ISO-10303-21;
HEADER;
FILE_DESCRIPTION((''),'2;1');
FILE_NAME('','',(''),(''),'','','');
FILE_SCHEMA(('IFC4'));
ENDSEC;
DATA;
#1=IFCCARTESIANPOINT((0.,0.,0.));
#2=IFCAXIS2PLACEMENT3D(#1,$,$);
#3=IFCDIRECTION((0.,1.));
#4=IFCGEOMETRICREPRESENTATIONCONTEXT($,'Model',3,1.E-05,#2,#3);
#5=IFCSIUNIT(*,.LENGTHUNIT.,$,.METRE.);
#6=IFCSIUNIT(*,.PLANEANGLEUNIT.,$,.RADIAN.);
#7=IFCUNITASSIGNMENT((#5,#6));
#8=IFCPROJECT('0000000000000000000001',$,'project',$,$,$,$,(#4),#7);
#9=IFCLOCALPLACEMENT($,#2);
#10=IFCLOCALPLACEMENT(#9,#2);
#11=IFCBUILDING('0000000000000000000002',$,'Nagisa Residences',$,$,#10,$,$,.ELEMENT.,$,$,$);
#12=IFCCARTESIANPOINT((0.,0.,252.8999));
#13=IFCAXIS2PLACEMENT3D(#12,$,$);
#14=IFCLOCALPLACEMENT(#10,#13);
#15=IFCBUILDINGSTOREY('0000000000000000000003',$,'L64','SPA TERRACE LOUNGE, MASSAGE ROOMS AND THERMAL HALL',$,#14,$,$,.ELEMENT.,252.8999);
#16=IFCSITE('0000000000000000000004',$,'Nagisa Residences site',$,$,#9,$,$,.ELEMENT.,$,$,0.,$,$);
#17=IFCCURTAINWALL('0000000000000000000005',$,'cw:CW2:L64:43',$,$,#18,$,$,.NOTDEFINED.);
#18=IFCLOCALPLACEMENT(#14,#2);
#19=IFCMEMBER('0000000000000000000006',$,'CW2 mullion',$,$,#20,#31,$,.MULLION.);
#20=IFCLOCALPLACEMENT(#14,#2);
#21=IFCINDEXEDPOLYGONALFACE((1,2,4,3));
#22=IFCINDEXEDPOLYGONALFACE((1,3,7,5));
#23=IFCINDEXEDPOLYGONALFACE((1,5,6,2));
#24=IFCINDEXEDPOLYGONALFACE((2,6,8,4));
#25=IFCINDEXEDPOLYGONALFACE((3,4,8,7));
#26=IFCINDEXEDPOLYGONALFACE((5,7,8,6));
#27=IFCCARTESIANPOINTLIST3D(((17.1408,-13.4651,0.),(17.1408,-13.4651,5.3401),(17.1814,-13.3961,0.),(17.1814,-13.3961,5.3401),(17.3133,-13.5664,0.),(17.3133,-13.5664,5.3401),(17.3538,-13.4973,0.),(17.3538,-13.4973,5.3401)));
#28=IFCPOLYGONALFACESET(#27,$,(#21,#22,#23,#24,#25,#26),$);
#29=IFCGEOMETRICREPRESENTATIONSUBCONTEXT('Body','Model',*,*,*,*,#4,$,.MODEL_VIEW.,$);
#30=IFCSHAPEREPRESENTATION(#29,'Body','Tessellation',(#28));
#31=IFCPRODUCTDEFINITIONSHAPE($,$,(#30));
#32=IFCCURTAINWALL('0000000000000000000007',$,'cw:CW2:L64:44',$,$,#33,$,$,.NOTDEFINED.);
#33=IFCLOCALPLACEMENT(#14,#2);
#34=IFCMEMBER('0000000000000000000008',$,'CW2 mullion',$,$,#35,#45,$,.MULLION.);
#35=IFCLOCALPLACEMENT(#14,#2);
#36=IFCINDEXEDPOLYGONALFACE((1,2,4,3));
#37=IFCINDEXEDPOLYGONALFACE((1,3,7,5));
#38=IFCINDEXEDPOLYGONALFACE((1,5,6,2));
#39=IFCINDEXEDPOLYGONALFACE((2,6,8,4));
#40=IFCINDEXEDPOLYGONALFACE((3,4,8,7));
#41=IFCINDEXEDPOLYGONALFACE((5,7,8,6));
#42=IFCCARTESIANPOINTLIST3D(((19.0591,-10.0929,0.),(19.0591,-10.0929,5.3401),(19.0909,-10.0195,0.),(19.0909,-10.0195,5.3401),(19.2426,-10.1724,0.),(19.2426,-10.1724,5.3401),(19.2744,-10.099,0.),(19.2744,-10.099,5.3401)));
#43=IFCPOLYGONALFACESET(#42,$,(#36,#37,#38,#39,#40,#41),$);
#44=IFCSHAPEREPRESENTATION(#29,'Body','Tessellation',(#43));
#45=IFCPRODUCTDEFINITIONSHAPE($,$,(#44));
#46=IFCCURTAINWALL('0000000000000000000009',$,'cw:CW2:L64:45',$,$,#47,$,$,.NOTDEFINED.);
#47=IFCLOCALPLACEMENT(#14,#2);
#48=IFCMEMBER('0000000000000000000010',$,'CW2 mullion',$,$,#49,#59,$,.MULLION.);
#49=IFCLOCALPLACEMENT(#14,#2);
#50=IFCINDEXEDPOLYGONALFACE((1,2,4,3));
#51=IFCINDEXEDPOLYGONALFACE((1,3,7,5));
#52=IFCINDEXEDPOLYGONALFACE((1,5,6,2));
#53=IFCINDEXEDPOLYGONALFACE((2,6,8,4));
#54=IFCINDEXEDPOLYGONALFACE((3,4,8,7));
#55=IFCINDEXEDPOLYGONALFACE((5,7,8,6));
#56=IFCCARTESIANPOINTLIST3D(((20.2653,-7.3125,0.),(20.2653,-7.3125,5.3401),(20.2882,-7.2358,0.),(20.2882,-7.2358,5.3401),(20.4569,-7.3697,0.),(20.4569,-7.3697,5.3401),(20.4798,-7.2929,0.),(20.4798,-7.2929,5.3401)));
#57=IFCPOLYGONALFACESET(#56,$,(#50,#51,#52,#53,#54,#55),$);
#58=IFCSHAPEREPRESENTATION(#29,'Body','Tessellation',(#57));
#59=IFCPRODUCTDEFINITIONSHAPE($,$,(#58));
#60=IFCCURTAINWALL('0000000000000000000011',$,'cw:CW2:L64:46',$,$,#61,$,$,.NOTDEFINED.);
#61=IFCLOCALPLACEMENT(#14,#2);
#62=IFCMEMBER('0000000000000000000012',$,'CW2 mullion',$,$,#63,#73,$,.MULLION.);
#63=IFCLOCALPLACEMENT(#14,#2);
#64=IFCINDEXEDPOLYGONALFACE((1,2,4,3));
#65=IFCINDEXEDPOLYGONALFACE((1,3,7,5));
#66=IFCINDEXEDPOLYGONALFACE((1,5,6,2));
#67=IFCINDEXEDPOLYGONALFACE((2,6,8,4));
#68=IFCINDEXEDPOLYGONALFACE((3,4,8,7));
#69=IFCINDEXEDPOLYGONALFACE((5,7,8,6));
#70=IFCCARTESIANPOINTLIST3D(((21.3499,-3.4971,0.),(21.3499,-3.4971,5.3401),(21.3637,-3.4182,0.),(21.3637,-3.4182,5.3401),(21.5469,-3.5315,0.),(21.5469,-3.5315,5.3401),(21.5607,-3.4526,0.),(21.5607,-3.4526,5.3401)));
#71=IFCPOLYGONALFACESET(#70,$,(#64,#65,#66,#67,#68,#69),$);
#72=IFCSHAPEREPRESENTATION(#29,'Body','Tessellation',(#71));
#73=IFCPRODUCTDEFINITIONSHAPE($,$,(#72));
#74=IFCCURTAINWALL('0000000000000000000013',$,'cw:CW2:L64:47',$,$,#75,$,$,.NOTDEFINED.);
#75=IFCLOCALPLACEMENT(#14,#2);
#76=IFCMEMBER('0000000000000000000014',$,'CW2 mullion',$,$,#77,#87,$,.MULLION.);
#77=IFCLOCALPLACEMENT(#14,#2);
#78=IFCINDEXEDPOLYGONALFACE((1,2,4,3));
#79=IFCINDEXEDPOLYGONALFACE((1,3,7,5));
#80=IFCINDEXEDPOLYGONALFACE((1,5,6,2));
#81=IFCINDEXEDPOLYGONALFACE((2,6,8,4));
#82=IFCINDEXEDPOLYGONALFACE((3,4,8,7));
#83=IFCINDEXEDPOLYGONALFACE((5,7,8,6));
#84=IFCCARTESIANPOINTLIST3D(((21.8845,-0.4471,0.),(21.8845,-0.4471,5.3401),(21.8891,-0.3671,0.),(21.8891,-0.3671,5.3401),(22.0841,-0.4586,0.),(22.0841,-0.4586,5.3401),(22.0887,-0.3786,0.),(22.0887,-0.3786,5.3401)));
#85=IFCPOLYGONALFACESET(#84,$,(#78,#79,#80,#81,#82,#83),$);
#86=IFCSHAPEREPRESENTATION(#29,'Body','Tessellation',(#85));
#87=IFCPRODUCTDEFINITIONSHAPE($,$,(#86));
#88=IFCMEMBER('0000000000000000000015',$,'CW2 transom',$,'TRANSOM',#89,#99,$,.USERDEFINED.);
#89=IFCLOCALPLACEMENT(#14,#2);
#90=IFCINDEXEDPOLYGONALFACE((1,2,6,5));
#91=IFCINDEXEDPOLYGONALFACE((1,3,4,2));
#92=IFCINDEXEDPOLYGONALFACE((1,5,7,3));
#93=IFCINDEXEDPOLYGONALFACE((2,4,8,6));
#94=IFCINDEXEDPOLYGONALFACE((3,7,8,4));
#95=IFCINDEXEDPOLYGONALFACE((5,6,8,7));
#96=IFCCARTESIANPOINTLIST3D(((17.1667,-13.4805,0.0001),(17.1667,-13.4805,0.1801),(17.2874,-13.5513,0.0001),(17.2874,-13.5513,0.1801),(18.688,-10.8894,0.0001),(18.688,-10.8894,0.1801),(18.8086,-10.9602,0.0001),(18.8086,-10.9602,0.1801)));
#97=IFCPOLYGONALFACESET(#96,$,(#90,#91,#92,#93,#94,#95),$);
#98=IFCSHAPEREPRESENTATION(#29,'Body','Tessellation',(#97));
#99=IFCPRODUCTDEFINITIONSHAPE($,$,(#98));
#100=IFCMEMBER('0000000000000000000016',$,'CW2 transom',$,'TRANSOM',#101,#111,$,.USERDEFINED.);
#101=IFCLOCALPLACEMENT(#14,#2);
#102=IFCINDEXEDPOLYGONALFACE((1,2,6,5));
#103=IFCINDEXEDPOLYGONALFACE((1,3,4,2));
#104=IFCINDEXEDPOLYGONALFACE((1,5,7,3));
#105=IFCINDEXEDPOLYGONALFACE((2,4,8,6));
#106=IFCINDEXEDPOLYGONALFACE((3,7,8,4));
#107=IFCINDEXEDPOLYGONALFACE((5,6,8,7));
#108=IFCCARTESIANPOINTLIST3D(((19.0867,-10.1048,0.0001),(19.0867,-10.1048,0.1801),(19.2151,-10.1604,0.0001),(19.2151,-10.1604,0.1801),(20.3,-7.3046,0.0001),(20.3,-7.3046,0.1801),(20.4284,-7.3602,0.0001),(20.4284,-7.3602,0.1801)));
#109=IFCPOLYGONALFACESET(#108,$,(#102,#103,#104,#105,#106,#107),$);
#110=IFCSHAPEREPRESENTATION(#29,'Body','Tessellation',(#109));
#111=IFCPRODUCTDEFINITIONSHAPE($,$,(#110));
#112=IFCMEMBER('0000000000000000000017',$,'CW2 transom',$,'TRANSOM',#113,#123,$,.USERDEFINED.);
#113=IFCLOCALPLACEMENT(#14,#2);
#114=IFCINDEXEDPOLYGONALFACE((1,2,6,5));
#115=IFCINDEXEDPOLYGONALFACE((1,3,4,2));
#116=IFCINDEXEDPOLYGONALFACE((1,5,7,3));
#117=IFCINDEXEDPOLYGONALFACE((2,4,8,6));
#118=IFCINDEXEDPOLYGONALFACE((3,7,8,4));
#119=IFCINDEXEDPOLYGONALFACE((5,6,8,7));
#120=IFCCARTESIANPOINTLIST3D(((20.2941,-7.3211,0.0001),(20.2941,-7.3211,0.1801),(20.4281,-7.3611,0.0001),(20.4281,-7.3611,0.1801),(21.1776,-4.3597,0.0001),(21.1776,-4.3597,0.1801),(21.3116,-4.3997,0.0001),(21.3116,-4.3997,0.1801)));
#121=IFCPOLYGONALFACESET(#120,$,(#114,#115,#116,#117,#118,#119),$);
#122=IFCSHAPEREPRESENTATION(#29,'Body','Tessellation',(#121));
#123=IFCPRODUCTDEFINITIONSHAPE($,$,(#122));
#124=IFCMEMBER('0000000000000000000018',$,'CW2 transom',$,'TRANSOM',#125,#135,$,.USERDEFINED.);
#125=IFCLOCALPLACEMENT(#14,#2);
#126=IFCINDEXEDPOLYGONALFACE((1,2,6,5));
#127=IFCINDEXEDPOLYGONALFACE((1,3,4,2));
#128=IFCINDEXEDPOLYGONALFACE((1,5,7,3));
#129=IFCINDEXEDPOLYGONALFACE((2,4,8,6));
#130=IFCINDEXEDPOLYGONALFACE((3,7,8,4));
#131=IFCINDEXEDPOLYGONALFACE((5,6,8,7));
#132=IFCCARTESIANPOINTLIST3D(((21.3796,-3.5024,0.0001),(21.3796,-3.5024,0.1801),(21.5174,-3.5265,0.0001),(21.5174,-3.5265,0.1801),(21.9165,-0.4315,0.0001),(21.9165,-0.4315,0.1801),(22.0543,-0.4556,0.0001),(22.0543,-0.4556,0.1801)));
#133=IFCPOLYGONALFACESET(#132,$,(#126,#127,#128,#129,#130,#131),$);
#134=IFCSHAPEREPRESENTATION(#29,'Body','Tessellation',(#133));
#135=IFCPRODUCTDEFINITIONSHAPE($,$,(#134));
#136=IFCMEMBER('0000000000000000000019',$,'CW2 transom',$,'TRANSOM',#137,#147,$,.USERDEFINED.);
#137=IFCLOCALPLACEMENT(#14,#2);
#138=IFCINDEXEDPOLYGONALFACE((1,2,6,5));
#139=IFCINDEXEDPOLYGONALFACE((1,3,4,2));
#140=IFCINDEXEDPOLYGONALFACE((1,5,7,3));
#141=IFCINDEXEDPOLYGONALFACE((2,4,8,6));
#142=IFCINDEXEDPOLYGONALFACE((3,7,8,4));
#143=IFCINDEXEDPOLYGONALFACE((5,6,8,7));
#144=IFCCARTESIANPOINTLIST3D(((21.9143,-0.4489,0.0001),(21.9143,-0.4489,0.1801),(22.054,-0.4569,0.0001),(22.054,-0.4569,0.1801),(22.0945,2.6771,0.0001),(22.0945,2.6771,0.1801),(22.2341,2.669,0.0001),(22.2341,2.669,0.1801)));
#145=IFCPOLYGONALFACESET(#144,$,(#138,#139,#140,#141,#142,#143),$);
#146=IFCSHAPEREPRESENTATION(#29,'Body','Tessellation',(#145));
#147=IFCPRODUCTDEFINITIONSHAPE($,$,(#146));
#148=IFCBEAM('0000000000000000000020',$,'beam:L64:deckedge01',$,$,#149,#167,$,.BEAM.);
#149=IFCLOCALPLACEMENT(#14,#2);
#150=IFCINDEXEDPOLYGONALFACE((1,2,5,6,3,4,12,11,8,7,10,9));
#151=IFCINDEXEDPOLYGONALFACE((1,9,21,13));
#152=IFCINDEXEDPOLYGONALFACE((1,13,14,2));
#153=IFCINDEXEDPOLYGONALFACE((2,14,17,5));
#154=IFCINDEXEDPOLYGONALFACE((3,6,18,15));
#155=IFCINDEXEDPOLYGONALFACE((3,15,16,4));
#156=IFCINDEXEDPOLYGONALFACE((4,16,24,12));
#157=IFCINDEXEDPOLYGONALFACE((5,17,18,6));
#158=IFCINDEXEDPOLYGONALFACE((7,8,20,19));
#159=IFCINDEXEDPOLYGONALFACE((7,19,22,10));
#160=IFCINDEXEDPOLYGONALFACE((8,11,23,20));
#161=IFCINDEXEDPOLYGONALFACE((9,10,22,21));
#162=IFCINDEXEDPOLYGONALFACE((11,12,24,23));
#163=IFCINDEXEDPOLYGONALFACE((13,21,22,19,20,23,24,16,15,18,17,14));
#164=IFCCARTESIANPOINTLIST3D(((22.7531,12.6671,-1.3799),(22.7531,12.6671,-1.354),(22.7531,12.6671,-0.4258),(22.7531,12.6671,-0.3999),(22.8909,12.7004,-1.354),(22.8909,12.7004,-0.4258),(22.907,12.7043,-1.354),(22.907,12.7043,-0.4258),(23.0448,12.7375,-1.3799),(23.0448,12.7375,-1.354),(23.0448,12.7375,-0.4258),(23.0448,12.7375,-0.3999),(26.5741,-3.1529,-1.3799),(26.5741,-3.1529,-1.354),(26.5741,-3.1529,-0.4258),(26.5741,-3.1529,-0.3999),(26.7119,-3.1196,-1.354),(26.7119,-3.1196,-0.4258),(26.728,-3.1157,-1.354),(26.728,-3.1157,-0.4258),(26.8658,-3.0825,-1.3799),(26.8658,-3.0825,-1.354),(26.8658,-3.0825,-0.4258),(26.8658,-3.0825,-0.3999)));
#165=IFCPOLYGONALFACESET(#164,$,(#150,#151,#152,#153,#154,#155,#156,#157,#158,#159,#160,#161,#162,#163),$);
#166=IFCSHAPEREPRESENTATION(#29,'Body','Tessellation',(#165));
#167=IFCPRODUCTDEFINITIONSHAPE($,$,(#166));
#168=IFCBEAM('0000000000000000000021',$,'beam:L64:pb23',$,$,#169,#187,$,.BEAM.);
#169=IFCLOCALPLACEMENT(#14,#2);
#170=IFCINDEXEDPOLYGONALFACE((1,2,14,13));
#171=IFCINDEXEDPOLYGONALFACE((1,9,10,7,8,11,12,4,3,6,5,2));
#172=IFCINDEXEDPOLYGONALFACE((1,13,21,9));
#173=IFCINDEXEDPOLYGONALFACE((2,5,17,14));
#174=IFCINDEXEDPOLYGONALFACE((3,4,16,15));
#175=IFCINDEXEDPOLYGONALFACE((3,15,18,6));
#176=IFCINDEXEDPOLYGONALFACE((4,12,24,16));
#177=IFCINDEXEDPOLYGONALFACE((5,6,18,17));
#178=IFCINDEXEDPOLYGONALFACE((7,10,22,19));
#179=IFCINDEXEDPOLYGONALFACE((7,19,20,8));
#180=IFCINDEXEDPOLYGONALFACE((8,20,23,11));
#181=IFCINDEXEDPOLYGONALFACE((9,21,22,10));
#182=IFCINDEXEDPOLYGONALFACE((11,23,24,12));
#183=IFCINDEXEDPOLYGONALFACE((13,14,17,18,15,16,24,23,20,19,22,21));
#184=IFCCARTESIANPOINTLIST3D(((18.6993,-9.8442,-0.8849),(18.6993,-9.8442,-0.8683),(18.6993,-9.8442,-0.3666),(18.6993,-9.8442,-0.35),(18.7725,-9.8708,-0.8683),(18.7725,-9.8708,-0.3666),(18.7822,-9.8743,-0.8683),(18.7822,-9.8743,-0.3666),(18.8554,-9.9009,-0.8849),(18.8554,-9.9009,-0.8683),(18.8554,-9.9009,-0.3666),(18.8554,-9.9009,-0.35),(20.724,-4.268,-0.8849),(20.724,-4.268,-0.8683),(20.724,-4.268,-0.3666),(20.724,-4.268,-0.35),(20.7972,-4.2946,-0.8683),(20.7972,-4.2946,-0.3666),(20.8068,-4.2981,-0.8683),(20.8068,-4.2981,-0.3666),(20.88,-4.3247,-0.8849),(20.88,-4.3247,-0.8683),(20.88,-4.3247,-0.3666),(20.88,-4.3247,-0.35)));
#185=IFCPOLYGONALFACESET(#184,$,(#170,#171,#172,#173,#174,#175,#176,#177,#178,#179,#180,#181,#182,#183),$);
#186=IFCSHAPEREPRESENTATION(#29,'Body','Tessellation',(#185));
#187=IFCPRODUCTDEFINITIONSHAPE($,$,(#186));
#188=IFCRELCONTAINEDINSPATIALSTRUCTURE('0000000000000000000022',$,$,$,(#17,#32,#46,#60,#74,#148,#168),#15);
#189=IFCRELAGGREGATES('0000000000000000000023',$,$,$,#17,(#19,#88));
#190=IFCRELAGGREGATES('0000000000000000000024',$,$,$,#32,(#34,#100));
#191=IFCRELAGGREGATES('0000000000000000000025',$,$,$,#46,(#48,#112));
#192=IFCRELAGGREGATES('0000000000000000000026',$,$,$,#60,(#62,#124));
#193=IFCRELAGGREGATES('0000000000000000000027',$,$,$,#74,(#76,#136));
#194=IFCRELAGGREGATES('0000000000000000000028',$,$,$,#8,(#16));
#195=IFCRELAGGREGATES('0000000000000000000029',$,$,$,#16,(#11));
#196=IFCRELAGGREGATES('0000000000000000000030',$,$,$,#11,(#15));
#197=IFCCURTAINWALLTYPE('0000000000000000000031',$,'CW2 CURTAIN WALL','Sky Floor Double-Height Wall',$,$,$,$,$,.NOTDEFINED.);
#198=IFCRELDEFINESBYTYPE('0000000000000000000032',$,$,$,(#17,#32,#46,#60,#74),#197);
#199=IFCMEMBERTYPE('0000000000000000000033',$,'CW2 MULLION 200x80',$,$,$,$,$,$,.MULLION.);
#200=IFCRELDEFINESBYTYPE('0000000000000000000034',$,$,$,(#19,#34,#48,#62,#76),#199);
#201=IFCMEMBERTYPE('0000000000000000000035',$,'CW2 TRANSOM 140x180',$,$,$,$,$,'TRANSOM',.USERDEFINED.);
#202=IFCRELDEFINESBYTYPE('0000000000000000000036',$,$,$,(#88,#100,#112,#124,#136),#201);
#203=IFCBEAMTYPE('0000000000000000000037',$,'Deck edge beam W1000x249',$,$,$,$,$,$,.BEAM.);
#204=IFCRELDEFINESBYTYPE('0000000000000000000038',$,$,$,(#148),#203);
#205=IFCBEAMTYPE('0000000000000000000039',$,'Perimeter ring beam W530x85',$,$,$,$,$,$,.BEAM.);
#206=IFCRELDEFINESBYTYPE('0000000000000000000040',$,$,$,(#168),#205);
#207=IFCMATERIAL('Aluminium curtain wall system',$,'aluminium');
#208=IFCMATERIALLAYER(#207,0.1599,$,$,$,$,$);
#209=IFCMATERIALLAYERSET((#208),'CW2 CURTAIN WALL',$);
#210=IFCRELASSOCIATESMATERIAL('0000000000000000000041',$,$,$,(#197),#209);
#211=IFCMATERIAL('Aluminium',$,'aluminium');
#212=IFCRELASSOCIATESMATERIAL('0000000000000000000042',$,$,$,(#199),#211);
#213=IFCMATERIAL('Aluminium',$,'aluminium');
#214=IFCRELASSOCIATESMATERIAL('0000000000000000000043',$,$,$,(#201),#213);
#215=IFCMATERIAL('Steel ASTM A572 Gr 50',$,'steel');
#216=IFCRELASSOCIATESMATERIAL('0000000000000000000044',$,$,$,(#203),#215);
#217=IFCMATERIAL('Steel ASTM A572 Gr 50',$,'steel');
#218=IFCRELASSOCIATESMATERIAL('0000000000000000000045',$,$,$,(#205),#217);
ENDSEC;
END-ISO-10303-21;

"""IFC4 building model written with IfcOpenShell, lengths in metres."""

from ifc_helpers import new_model, si_unit, direction, frame, origin, origin_2d, place, context, subcontext, project, spatial, rectangle, i_section, extrude, material, layer, layer_set, material_profile, profile_set, type_object, element, aggregate, save


model = new_model("IFC4")

# Units and contexts
model_context = context("Model", 3, precision=1e-05, world=origin(), true_north=direction((0.0, 1.0)))
body_context = subcontext(model_context, "Body", "Model", "MODEL_VIEW")
ifc_project = project(units=[si_unit("LENGTHUNIT", "METRE"), si_unit("PLANEANGLEUNIT", "RADIAN")], contexts=[model_context])

# Site, building, storey
site_placement = place(None, origin())
site = spatial("IfcSite", under=ifc_project, at=site_placement, Name="Nagisa Residences site", CompositionType="ELEMENT", RefElevation=0.0)
building_placement = place(site_placement, origin())
building = spatial("IfcBuilding", under=site, at=building_placement, Name="Nagisa Residences", CompositionType="ELEMENT")
storey_placement = place(building_placement, frame((0.0, 0.0, 252.8999)))
storey = spatial("IfcBuildingStorey", under=building, at=storey_placement, Name="L64", Description="SPA TERRACE LOUNGE, MASSAGE ROOMS AND THERMAL HALL", CompositionType="ELEMENT", Elevation=252.8999)

# Curtain walls, members
ifc_material_1 = material(Name="Aluminium curtain wall system", Category="aluminium")
ifc_layer_1 = layer(ifc_material_1, 0.1599)
ifc_layer_set_1 = layer_set([ifc_layer_1], Name="CW2 CURTAIN WALL")
curtain_wall_type = type_object("IfcCurtainWallType", Name="CW2 CURTAIN WALL", Description="Sky Floor Double-Height Wall", PredefinedType="NOTDEFINED", material=ifc_layer_set_1)
curtain_wall_1_placement = place(storey_placement, origin())
curtain_wall_1 = element("IfcCurtainWall", 1, at=curtain_wall_1_placement, inside=storey, type_object=curtain_wall_type, Name="cw:CW2:L64:43", PredefinedType="NOTDEFINED")
ifc_material_2 = material(Name="Aluminium", Category="aluminium")
ifc_material_profile_1 = material_profile(ifc_material_2, rectangle(XDim=0.2, YDim=0.0801, at=origin_2d()), Name="CW2 MULLION 200x80")
ifc_profile_set_1 = profile_set([ifc_material_profile_1], Name="Aluminium")
member_type_1 = type_object("IfcMemberType", Name="CW2 MULLION 200x80", PredefinedType="MULLION", material=ifc_profile_set_1)
member_1_placement = place(storey_placement, frame((17.2473, -13.4812, 0.0), z_axis=(0.0, 0.0, 1.0), x_axis=(-0.862329, 0.506349, 0.0)))
member_1 = element("IfcMember", 2, at=member_1_placement, type_object=member_type_1, Name="CW2 mullion", PredefinedType="MULLION", context=body_context, shape_type="SweptSolid", body=[
    extrude(rectangle(XDim=0.2, YDim=0.0801, at=origin_2d()), origin(), (0.0, 0.0, 1.0), 5.3401),
])
curtain_wall_2_placement = place(storey_placement, origin())
curtain_wall_2 = element("IfcCurtainWall", 3, at=curtain_wall_2_placement, inside=storey, type_object=curtain_wall_type, Name="cw:CW2:L64:44", PredefinedType="NOTDEFINED")
member_2_placement = place(storey_placement, frame((19.1667, -10.0959, 0.0), z_axis=(0.0, 0.0, 1.0), x_axis=(-0.917543, 0.397636, 0.0)))
member_2 = element("IfcMember", 4, at=member_2_placement, type_object=member_type_1, Name="CW2 mullion", PredefinedType="MULLION", context=body_context, shape_type="SweptSolid", body=[
    extrude(rectangle(XDim=0.2, YDim=0.0801, at=origin_2d()), origin(), (0.0, 0.0, 1.0), 5.3401),
])
curtain_wall_3_placement = place(storey_placement, origin())
curtain_wall_3 = element("IfcCurtainWall", 5, at=curtain_wall_3_placement, inside=storey, type_object=curtain_wall_type, Name="cw:CW2:L64:45", PredefinedType="NOTDEFINED")
member_3_placement = place(storey_placement, frame((20.3726, -7.3027, 0.0), z_axis=(0.0, 0.0, 1.0), x_axis=(-0.958271, 0.28586, 0.0)))
member_3 = element("IfcMember", 6, at=member_3_placement, type_object=member_type_1, Name="CW2 mullion", PredefinedType="MULLION", context=body_context, shape_type="SweptSolid", body=[
    extrude(rectangle(XDim=0.2, YDim=0.0801, at=origin_2d()), origin(), (0.0, 0.0, 1.0), 5.3401),
])
curtain_wall_4_placement = place(storey_placement, origin())
curtain_wall_4 = element("IfcCurtainWall", 7, at=curtain_wall_4_placement, inside=storey, type_object=curtain_wall_type, Name="cw:CW2:L64:46", PredefinedType="NOTDEFINED")
member_4_placement = place(storey_placement, frame((21.4553, -3.4749, 0.0), z_axis=(0.0, 0.0, 1.0), x_axis=(-0.985064, 0.172191, 0.0)))
member_4 = element("IfcMember", 8, at=member_4_placement, type_object=member_type_1, Name="CW2 mullion", PredefinedType="MULLION", context=body_context, shape_type="SweptSolid", body=[
    extrude(rectangle(XDim=0.2, YDim=0.0801, at=origin_2d()), origin(), (0.0, 0.0, 1.0), 5.3401),
])
curtain_wall_5_placement = place(storey_placement, origin())
curtain_wall_5 = element("IfcCurtainWall", 9, at=curtain_wall_5_placement, inside=storey, type_object=curtain_wall_type, Name="cw:CW2:L64:47", PredefinedType="NOTDEFINED")
member_5_placement = place(storey_placement, frame((21.9866, -0.4128, 0.0), z_axis=(0.0, 0.0, 1.0), x_axis=(-0.998345, 0.057503, 0.0)))
member_5 = element("IfcMember", 10, at=member_5_placement, type_object=member_type_1, Name="CW2 mullion", PredefinedType="MULLION", context=body_context, shape_type="SweptSolid", body=[
    extrude(rectangle(XDim=0.2, YDim=0.0801, at=origin_2d()), origin(), (0.0, 0.0, 1.0), 5.3401),
])

# Members
ifc_material_3 = material(Name="Aluminium", Category="aluminium")
ifc_material_profile_2 = material_profile(ifc_material_3, rectangle(XDim=0.1399, YDim=0.1799, at=origin_2d()), Name="CW2 TRANSOM 140x180")
ifc_profile_set_2 = profile_set([ifc_material_profile_2], Name="Aluminium")
member_type_2 = type_object("IfcMemberType", Name="CW2 TRANSOM 140x180", ElementType="TRANSOM", PredefinedType="USERDEFINED", material=ifc_profile_set_2)
member_6_placement = place(storey_placement, frame((17.2271, -13.5159, 0.0901), z_axis=(0.506299, 0.862358, 0.0), x_axis=(-0.862358, 0.506299, 0.0)))
member_6 = element("IfcMember", 11, at=member_6_placement, type_object=member_type_2, Name="CW2 transom", ObjectType="TRANSOM", PredefinedType="USERDEFINED", context=body_context, shape_type="SweptSolid", body=[
    extrude(rectangle(XDim=0.1399, YDim=0.1799, at=origin_2d()), origin(), (0.0, 0.0, 1.0), 3.0046),
])
aggregate(curtain_wall_1, [member_1, member_6])
member_7_placement = place(storey_placement, frame((19.1509, -10.1326, 0.0901), z_axis=(0.397585, 0.917565, 0.0), x_axis=(-0.917565, 0.397585, 0.0)))
member_7 = element("IfcMember", 12, at=member_7_placement, type_object=member_type_2, Name="CW2 transom", ObjectType="TRANSOM", PredefinedType="USERDEFINED", context=body_context, shape_type="SweptSolid", body=[
    extrude(rectangle(XDim=0.1399, YDim=0.1799, at=origin_2d()), origin(), (0.0, 0.0, 1.0), 3.0518),
])
aggregate(curtain_wall_2, [member_2, member_7])
member_8_placement = place(storey_placement, frame((20.3611, -7.3411, 0.0901), z_axis=(0.285898, 0.95826, 0.0), x_axis=(-0.95826, 0.285898, 0.0)))
member_8 = element("IfcMember", 13, at=member_8_placement, type_object=member_type_2, Name="CW2 transom", ObjectType="TRANSOM", PredefinedType="USERDEFINED", context=body_context, shape_type="SweptSolid", body=[
    extrude(rectangle(XDim=0.1399, YDim=0.1799, at=origin_2d()), origin(), (0.0, 0.0, 1.0), 3.0903),
])
aggregate(curtain_wall_3, [member_3, member_8])
member_9_placement = place(storey_placement, frame((21.4485, -3.5144, 0.0901), z_axis=(0.172217, 0.985059, 0.0), x_axis=(-0.985059, 0.172217, 0.0)))
member_9 = element("IfcMember", 14, at=member_9_placement, type_object=member_type_2, Name="CW2 transom", ObjectType="TRANSOM", PredefinedType="USERDEFINED", context=body_context, shape_type="SweptSolid", body=[
    extrude(rectangle(XDim=0.1399, YDim=0.1799, at=origin_2d()), origin(), (0.0, 0.0, 1.0), 3.1174),
])
aggregate(curtain_wall_4, [member_4, member_9])
member_10_placement = place(storey_placement, frame((21.9841, -0.4529, 0.0901), z_axis=(0.057543, 0.998343, 0.0), x_axis=(-0.998343, 0.057543, 0.0)))
member_10 = element("IfcMember", 15, at=member_10_placement, type_object=member_type_2, Name="CW2 transom", ObjectType="TRANSOM", PredefinedType="USERDEFINED", context=body_context, shape_type="SweptSolid", body=[
    extrude(rectangle(XDim=0.1399, YDim=0.1799, at=origin_2d()), origin(), (0.0, 0.0, 1.0), 3.1311),
])
aggregate(curtain_wall_5, [member_5, member_10])

# Beams
ifc_material_4 = material(Name="Steel ASTM A572 Gr 50", Category="steel")
ifc_material_profile_3 = material_profile(ifc_material_4, i_section(OverallWidth=0.3, OverallDepth=0.98, WebThickness=0.0166, FlangeThickness=0.0259, at=origin_2d()), Name="W1000x249")
ifc_profile_set_3 = profile_set([ifc_material_profile_3], Name="Steel ASTM A572 Gr 50")
beam_type_1 = type_object("IfcBeamType", Name="Deck edge beam W1000x249", PredefinedType="BEAM", material=ifc_profile_set_3)
beam_1_placement = place(storey_placement, frame((26.72, -3.1177, -0.8899), z_axis=(-0.23478, 0.972048, 0.0), x_axis=(-0.972048, -0.23478, 0.0)))
element("IfcBeam", 16, at=beam_1_placement, inside=storey, type_object=beam_type_1, Name="beam:L64:deckedge01", PredefinedType="BEAM", context=body_context, shape_type="SweptSolid", body=[
    extrude(i_section(OverallWidth=0.3, OverallDepth=0.98, WebThickness=0.0166, FlangeThickness=0.0259, at=origin_2d()), origin(), (0.0, 0.0, 1.0), 16.2749),
])
ifc_material_5 = material(Name="Steel ASTM A572 Gr 50", Category="steel")
ifc_material_profile_4 = material_profile(ifc_material_5, i_section(OverallWidth=0.166, OverallDepth=0.5349, WebThickness=0.0103, FlangeThickness=0.0166, at=origin_2d()), Name="W530x85")
ifc_profile_set_4 = profile_set([ifc_material_profile_4], Name="Steel ASTM A572 Gr 50")
beam_type_2 = type_object("IfcBeamType", Name="Perimeter ring beam W530x85", PredefinedType="BEAM", material=ifc_profile_set_4)
beam_2_placement = place(storey_placement, frame((18.7773, -9.8726, -0.6174), z_axis=(0.34129, 0.939958, 0.0), x_axis=(-0.939958, 0.34129, 0.0)))
element("IfcBeam", 17, at=beam_2_placement, inside=storey, type_object=beam_type_2, Name="beam:L64:pb23", PredefinedType="BEAM", context=body_context, shape_type="SweptSolid", body=[
    extrude(i_section(OverallWidth=0.166, OverallDepth=0.5349, WebThickness=0.0103, FlangeThickness=0.0166, at=origin_2d()), origin(), (0.0, 0.0, 1.0), 5.9324),
])

save(model, "model.ifc")
